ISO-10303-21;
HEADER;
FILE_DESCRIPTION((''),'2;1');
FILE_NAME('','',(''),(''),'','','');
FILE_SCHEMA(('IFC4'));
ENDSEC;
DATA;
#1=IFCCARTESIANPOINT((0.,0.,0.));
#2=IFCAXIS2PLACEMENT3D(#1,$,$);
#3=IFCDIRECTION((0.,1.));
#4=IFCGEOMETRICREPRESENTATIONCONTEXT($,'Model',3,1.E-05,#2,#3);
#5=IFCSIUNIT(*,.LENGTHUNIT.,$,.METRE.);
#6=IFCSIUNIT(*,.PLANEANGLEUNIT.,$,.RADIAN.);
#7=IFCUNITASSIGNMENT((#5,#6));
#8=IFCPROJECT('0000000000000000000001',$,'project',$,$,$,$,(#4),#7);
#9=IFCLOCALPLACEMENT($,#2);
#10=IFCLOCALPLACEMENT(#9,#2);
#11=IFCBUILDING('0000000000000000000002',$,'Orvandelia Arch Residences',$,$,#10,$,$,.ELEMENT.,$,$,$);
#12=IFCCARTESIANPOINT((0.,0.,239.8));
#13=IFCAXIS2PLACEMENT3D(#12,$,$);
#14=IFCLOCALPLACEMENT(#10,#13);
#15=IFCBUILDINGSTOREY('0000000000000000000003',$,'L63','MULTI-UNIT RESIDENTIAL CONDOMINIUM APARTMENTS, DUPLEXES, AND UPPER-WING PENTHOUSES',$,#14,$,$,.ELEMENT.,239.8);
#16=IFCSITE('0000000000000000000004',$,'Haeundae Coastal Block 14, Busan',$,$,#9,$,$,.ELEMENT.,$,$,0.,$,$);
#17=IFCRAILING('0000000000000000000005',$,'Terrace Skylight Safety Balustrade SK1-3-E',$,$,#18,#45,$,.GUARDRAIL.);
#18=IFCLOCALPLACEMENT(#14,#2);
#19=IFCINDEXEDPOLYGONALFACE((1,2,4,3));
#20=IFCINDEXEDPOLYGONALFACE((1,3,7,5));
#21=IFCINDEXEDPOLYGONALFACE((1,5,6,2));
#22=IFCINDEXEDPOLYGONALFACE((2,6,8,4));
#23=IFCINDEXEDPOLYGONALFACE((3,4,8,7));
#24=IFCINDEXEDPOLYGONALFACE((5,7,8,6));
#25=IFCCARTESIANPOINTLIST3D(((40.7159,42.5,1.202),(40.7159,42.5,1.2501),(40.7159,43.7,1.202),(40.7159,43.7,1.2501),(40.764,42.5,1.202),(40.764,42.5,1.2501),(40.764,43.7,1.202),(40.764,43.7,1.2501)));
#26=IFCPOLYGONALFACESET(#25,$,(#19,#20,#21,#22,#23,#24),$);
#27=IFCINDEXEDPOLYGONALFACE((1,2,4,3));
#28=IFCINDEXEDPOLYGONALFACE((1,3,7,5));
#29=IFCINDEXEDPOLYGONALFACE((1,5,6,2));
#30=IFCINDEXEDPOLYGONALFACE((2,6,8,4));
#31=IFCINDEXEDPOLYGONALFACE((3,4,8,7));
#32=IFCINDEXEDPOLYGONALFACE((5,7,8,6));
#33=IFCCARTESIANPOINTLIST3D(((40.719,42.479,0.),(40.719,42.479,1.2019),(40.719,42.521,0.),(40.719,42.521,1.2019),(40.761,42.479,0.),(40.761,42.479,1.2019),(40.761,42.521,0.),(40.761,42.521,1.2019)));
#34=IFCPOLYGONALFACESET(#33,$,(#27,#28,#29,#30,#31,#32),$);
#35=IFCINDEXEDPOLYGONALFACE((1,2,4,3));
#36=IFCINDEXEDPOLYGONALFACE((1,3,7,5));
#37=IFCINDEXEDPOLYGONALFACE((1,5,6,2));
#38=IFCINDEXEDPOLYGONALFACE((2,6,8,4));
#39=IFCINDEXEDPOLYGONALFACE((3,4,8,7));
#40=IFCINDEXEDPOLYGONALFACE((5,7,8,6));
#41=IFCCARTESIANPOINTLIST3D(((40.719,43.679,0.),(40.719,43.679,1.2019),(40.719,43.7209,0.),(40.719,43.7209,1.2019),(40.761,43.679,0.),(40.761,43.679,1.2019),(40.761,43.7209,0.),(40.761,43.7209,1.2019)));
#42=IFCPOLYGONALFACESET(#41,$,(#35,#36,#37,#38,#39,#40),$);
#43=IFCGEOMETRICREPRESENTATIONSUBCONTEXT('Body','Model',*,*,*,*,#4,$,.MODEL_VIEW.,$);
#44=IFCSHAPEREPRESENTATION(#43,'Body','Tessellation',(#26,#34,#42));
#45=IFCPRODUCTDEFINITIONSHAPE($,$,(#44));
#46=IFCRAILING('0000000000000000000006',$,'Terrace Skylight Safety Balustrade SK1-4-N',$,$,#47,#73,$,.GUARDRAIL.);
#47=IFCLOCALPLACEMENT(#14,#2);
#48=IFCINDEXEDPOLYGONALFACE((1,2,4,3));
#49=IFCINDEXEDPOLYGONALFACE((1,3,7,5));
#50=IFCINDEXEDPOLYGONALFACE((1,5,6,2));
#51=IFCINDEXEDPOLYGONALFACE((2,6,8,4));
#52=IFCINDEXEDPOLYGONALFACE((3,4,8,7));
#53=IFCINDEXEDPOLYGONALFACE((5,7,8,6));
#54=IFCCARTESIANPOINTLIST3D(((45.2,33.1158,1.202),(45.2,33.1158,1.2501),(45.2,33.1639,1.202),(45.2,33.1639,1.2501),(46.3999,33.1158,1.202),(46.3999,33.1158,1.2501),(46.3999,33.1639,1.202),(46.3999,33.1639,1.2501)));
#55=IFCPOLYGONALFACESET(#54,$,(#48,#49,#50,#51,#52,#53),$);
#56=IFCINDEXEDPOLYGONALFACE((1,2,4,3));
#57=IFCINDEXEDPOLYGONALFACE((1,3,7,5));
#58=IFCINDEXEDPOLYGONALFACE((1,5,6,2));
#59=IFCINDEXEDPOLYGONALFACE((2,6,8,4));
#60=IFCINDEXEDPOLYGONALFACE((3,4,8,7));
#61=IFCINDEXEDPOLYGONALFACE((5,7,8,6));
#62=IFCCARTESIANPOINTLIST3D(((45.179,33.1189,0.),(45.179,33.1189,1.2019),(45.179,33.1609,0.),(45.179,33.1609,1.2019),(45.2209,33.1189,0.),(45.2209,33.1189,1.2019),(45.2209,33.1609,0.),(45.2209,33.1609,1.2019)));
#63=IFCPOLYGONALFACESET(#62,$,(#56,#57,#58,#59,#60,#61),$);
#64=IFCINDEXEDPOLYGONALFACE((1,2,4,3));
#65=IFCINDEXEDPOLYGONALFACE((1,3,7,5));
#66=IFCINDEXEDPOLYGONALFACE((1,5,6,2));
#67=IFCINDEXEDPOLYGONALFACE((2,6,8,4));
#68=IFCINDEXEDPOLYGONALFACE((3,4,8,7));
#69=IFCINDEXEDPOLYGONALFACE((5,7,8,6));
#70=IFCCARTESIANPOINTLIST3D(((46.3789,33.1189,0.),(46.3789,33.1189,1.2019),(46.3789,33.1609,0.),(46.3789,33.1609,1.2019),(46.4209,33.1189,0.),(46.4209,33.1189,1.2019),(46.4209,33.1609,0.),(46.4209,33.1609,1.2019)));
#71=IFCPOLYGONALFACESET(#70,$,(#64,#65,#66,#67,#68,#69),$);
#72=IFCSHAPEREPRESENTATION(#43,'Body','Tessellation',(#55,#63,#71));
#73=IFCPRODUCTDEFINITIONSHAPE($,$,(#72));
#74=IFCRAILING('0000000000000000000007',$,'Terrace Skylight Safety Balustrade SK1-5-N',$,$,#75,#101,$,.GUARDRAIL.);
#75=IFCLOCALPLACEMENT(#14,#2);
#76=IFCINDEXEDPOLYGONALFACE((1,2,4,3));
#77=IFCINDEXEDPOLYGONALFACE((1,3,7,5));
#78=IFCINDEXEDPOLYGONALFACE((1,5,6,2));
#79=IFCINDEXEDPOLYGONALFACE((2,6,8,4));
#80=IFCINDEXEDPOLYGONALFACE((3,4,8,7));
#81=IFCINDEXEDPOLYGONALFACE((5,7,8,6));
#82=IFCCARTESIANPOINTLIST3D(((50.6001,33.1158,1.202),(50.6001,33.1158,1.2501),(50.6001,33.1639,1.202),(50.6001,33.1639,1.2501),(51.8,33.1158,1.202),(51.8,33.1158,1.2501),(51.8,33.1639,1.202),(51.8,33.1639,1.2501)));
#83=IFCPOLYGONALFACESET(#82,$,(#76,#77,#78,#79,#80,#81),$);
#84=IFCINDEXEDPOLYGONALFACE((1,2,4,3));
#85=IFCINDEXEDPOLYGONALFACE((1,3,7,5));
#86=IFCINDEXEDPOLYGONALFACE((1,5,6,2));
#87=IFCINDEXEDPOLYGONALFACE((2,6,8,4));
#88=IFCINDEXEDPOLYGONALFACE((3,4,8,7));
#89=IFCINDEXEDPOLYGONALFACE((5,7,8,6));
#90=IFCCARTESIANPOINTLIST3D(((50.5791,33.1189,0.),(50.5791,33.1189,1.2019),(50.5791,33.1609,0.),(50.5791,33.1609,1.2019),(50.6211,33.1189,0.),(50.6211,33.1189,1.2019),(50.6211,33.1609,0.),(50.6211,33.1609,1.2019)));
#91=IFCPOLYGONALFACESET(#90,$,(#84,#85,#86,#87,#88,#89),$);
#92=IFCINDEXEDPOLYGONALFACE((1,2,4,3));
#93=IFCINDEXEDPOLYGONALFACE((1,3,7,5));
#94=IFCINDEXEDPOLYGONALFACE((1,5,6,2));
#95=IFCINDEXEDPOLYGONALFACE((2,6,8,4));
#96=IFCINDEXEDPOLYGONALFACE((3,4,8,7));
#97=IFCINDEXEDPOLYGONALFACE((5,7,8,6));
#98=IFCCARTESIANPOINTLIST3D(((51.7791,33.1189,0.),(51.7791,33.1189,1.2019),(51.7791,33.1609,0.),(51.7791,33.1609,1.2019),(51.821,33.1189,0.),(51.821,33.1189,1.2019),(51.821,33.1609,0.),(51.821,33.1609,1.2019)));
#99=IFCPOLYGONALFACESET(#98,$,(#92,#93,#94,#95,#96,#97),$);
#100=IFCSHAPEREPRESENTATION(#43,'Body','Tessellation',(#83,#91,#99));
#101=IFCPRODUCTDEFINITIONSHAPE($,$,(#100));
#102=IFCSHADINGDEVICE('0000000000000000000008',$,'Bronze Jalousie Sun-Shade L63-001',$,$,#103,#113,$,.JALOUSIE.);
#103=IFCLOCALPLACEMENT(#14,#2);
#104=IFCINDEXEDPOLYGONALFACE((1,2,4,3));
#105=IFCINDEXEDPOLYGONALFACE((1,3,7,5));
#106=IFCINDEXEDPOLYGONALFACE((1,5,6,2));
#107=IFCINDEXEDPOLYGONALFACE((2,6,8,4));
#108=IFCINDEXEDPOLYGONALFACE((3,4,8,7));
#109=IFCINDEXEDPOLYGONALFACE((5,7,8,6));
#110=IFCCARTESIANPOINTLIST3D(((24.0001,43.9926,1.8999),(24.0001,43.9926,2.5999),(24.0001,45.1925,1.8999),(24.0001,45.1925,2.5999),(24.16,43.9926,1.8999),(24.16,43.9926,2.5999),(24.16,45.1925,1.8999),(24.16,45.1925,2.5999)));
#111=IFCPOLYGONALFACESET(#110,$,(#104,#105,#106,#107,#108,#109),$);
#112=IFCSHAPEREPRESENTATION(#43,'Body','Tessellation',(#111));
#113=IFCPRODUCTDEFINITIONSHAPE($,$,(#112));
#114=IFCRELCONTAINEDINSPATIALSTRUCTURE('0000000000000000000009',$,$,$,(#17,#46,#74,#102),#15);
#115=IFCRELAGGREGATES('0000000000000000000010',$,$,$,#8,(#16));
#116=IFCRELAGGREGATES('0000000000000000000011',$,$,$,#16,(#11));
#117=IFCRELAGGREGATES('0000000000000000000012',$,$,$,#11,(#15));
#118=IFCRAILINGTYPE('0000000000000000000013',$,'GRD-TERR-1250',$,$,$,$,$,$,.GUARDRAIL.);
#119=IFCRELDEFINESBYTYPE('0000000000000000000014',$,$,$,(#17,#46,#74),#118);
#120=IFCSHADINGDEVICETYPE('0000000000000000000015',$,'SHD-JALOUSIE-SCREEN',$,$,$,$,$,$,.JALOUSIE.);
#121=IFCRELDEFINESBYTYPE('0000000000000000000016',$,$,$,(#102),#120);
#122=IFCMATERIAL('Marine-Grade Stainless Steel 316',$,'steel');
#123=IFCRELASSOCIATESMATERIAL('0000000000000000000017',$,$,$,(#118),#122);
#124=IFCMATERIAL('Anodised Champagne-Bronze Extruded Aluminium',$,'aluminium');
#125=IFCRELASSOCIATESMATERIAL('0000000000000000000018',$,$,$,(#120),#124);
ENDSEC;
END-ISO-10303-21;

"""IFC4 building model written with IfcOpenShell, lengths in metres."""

from ifc_helpers import new_model, si_unit, direction, frame, origin, origin_2d, place, context, subcontext, project, spatial, rectangle, extrude, material, type_object, element, save


model = new_model("IFC4")

# Units and contexts
model_context = context("Model", 3, precision=1e-05, world=origin(), true_north=direction((0.0, 1.0)))
body_context = subcontext(model_context, "Body", "Model", "MODEL_VIEW")
ifc_project = project(units=[si_unit("LENGTHUNIT", "METRE"), si_unit("PLANEANGLEUNIT", "RADIAN")], contexts=[model_context])

# Site, building, storey
site_placement = place(None, origin())
site = spatial("IfcSite", under=ifc_project, at=site_placement, Name="Haeundae Coastal Block 14, Busan", CompositionType="ELEMENT", RefElevation=0.0)
building_placement = place(site_placement, origin())
building = spatial("IfcBuilding", under=site, at=building_placement, Name="Orvandelia Arch Residences", CompositionType="ELEMENT")
storey_placement = place(building_placement, frame((0.0, 0.0, 239.8)))
storey = spatial("IfcBuildingStorey", under=building, at=storey_placement, Name="L63", Description="MULTI-UNIT RESIDENTIAL CONDOMINIUM APARTMENTS, DUPLEXES, AND UPPER-WING PENTHOUSES", CompositionType="ELEMENT", Elevation=239.8)

# Railings
ifc_material_1 = material(Name="Marine-Grade Stainless Steel 316", Category="steel")
railing_type = type_object("IfcRailingType", Name="GRD-TERR-1250", PredefinedType="GUARDRAIL", material=ifc_material_1)
for number, where, name in (
    (1, (40.74, 42.5, 0.0), "Terrace Skylight Safety Balustrade SK1-3-E"),
):
    element("IfcRailing", number, at=place(storey_placement, frame(where)), inside=storey, type_object=railing_type, Name=name, PredefinedType="GUARDRAIL", context=body_context, shape_type="SweptSolid", body=[
        extrude(rectangle(XDim=0.0481, YDim=0.0481, at=origin_2d()), frame((0.0, 0.0, 1.2261), z_axis=(0.0, 1.0, 0.0), x_axis=(-1.0, 0.0, 0.0)), (0.0, 0.0, 1.0), 1.2),
        extrude(rectangle(XDim=0.042, YDim=0.042, at=origin_2d()), origin(), (0.0, 0.0, 1.0), 1.2019),
        extrude(rectangle(XDim=0.042, YDim=0.042, at=origin_2d()), frame((0.0, 1.2, 0.0)), (0.0, 0.0, 1.0), 1.2019),
    ])
for number, where, name in (
    (2, (45.2, 33.1399, 0.0), "Terrace Skylight Safety Balustrade SK1-4-N"),
    (3, (50.6001, 33.1399, 0.0), "Terrace Skylight Safety Balustrade SK1-5-N"),
):
    element("IfcRailing", number, at=place(storey_placement, frame(where)), inside=storey, type_object=railing_type, Name=name, PredefinedType="GUARDRAIL", context=body_context, shape_type="SweptSolid", body=[
        extrude(rectangle(XDim=0.0481, YDim=0.0481, at=origin_2d()), frame((0.0, 0.0, 1.2261), z_axis=(1.0, 0.0, 0.0), x_axis=(0.0, 1.0, 0.0)), (0.0, 0.0, 1.0), 1.2),
        extrude(rectangle(XDim=0.042, YDim=0.042, at=origin_2d()), origin(), (0.0, 0.0, 1.0), 1.2019),
        extrude(rectangle(XDim=0.042, YDim=0.042, at=origin_2d()), frame((1.2, 0.0, 0.0)), (0.0, 0.0, 1.0), 1.2019),
    ])

# Shading device
ifc_material_2 = material(Name="Anodised Champagne-Bronze Extruded Aluminium", Category="aluminium")
shading_device_type = type_object("IfcShadingDeviceType", Name="SHD-JALOUSIE-SCREEN", PredefinedType="JALOUSIE", material=ifc_material_2)
shading_device_placement = place(storey_placement, frame((24.0801, 44.5925, 1.8999), z_axis=(0.0, 0.0, 1.0), x_axis=(0.0, -1.0, 0.0)))
element("IfcShadingDevice", 4, at=shading_device_placement, inside=storey, type_object=shading_device_type, Name="Bronze Jalousie Sun-Shade L63-001", PredefinedType="JALOUSIE", context=body_context, shape_type="SweptSolid", body=[
    extrude(rectangle(XDim=1.2, YDim=0.1599, at=origin_2d()), origin(), (0.0, 0.0, 1.0), 0.7),
])

save(model, "model.ifc")
